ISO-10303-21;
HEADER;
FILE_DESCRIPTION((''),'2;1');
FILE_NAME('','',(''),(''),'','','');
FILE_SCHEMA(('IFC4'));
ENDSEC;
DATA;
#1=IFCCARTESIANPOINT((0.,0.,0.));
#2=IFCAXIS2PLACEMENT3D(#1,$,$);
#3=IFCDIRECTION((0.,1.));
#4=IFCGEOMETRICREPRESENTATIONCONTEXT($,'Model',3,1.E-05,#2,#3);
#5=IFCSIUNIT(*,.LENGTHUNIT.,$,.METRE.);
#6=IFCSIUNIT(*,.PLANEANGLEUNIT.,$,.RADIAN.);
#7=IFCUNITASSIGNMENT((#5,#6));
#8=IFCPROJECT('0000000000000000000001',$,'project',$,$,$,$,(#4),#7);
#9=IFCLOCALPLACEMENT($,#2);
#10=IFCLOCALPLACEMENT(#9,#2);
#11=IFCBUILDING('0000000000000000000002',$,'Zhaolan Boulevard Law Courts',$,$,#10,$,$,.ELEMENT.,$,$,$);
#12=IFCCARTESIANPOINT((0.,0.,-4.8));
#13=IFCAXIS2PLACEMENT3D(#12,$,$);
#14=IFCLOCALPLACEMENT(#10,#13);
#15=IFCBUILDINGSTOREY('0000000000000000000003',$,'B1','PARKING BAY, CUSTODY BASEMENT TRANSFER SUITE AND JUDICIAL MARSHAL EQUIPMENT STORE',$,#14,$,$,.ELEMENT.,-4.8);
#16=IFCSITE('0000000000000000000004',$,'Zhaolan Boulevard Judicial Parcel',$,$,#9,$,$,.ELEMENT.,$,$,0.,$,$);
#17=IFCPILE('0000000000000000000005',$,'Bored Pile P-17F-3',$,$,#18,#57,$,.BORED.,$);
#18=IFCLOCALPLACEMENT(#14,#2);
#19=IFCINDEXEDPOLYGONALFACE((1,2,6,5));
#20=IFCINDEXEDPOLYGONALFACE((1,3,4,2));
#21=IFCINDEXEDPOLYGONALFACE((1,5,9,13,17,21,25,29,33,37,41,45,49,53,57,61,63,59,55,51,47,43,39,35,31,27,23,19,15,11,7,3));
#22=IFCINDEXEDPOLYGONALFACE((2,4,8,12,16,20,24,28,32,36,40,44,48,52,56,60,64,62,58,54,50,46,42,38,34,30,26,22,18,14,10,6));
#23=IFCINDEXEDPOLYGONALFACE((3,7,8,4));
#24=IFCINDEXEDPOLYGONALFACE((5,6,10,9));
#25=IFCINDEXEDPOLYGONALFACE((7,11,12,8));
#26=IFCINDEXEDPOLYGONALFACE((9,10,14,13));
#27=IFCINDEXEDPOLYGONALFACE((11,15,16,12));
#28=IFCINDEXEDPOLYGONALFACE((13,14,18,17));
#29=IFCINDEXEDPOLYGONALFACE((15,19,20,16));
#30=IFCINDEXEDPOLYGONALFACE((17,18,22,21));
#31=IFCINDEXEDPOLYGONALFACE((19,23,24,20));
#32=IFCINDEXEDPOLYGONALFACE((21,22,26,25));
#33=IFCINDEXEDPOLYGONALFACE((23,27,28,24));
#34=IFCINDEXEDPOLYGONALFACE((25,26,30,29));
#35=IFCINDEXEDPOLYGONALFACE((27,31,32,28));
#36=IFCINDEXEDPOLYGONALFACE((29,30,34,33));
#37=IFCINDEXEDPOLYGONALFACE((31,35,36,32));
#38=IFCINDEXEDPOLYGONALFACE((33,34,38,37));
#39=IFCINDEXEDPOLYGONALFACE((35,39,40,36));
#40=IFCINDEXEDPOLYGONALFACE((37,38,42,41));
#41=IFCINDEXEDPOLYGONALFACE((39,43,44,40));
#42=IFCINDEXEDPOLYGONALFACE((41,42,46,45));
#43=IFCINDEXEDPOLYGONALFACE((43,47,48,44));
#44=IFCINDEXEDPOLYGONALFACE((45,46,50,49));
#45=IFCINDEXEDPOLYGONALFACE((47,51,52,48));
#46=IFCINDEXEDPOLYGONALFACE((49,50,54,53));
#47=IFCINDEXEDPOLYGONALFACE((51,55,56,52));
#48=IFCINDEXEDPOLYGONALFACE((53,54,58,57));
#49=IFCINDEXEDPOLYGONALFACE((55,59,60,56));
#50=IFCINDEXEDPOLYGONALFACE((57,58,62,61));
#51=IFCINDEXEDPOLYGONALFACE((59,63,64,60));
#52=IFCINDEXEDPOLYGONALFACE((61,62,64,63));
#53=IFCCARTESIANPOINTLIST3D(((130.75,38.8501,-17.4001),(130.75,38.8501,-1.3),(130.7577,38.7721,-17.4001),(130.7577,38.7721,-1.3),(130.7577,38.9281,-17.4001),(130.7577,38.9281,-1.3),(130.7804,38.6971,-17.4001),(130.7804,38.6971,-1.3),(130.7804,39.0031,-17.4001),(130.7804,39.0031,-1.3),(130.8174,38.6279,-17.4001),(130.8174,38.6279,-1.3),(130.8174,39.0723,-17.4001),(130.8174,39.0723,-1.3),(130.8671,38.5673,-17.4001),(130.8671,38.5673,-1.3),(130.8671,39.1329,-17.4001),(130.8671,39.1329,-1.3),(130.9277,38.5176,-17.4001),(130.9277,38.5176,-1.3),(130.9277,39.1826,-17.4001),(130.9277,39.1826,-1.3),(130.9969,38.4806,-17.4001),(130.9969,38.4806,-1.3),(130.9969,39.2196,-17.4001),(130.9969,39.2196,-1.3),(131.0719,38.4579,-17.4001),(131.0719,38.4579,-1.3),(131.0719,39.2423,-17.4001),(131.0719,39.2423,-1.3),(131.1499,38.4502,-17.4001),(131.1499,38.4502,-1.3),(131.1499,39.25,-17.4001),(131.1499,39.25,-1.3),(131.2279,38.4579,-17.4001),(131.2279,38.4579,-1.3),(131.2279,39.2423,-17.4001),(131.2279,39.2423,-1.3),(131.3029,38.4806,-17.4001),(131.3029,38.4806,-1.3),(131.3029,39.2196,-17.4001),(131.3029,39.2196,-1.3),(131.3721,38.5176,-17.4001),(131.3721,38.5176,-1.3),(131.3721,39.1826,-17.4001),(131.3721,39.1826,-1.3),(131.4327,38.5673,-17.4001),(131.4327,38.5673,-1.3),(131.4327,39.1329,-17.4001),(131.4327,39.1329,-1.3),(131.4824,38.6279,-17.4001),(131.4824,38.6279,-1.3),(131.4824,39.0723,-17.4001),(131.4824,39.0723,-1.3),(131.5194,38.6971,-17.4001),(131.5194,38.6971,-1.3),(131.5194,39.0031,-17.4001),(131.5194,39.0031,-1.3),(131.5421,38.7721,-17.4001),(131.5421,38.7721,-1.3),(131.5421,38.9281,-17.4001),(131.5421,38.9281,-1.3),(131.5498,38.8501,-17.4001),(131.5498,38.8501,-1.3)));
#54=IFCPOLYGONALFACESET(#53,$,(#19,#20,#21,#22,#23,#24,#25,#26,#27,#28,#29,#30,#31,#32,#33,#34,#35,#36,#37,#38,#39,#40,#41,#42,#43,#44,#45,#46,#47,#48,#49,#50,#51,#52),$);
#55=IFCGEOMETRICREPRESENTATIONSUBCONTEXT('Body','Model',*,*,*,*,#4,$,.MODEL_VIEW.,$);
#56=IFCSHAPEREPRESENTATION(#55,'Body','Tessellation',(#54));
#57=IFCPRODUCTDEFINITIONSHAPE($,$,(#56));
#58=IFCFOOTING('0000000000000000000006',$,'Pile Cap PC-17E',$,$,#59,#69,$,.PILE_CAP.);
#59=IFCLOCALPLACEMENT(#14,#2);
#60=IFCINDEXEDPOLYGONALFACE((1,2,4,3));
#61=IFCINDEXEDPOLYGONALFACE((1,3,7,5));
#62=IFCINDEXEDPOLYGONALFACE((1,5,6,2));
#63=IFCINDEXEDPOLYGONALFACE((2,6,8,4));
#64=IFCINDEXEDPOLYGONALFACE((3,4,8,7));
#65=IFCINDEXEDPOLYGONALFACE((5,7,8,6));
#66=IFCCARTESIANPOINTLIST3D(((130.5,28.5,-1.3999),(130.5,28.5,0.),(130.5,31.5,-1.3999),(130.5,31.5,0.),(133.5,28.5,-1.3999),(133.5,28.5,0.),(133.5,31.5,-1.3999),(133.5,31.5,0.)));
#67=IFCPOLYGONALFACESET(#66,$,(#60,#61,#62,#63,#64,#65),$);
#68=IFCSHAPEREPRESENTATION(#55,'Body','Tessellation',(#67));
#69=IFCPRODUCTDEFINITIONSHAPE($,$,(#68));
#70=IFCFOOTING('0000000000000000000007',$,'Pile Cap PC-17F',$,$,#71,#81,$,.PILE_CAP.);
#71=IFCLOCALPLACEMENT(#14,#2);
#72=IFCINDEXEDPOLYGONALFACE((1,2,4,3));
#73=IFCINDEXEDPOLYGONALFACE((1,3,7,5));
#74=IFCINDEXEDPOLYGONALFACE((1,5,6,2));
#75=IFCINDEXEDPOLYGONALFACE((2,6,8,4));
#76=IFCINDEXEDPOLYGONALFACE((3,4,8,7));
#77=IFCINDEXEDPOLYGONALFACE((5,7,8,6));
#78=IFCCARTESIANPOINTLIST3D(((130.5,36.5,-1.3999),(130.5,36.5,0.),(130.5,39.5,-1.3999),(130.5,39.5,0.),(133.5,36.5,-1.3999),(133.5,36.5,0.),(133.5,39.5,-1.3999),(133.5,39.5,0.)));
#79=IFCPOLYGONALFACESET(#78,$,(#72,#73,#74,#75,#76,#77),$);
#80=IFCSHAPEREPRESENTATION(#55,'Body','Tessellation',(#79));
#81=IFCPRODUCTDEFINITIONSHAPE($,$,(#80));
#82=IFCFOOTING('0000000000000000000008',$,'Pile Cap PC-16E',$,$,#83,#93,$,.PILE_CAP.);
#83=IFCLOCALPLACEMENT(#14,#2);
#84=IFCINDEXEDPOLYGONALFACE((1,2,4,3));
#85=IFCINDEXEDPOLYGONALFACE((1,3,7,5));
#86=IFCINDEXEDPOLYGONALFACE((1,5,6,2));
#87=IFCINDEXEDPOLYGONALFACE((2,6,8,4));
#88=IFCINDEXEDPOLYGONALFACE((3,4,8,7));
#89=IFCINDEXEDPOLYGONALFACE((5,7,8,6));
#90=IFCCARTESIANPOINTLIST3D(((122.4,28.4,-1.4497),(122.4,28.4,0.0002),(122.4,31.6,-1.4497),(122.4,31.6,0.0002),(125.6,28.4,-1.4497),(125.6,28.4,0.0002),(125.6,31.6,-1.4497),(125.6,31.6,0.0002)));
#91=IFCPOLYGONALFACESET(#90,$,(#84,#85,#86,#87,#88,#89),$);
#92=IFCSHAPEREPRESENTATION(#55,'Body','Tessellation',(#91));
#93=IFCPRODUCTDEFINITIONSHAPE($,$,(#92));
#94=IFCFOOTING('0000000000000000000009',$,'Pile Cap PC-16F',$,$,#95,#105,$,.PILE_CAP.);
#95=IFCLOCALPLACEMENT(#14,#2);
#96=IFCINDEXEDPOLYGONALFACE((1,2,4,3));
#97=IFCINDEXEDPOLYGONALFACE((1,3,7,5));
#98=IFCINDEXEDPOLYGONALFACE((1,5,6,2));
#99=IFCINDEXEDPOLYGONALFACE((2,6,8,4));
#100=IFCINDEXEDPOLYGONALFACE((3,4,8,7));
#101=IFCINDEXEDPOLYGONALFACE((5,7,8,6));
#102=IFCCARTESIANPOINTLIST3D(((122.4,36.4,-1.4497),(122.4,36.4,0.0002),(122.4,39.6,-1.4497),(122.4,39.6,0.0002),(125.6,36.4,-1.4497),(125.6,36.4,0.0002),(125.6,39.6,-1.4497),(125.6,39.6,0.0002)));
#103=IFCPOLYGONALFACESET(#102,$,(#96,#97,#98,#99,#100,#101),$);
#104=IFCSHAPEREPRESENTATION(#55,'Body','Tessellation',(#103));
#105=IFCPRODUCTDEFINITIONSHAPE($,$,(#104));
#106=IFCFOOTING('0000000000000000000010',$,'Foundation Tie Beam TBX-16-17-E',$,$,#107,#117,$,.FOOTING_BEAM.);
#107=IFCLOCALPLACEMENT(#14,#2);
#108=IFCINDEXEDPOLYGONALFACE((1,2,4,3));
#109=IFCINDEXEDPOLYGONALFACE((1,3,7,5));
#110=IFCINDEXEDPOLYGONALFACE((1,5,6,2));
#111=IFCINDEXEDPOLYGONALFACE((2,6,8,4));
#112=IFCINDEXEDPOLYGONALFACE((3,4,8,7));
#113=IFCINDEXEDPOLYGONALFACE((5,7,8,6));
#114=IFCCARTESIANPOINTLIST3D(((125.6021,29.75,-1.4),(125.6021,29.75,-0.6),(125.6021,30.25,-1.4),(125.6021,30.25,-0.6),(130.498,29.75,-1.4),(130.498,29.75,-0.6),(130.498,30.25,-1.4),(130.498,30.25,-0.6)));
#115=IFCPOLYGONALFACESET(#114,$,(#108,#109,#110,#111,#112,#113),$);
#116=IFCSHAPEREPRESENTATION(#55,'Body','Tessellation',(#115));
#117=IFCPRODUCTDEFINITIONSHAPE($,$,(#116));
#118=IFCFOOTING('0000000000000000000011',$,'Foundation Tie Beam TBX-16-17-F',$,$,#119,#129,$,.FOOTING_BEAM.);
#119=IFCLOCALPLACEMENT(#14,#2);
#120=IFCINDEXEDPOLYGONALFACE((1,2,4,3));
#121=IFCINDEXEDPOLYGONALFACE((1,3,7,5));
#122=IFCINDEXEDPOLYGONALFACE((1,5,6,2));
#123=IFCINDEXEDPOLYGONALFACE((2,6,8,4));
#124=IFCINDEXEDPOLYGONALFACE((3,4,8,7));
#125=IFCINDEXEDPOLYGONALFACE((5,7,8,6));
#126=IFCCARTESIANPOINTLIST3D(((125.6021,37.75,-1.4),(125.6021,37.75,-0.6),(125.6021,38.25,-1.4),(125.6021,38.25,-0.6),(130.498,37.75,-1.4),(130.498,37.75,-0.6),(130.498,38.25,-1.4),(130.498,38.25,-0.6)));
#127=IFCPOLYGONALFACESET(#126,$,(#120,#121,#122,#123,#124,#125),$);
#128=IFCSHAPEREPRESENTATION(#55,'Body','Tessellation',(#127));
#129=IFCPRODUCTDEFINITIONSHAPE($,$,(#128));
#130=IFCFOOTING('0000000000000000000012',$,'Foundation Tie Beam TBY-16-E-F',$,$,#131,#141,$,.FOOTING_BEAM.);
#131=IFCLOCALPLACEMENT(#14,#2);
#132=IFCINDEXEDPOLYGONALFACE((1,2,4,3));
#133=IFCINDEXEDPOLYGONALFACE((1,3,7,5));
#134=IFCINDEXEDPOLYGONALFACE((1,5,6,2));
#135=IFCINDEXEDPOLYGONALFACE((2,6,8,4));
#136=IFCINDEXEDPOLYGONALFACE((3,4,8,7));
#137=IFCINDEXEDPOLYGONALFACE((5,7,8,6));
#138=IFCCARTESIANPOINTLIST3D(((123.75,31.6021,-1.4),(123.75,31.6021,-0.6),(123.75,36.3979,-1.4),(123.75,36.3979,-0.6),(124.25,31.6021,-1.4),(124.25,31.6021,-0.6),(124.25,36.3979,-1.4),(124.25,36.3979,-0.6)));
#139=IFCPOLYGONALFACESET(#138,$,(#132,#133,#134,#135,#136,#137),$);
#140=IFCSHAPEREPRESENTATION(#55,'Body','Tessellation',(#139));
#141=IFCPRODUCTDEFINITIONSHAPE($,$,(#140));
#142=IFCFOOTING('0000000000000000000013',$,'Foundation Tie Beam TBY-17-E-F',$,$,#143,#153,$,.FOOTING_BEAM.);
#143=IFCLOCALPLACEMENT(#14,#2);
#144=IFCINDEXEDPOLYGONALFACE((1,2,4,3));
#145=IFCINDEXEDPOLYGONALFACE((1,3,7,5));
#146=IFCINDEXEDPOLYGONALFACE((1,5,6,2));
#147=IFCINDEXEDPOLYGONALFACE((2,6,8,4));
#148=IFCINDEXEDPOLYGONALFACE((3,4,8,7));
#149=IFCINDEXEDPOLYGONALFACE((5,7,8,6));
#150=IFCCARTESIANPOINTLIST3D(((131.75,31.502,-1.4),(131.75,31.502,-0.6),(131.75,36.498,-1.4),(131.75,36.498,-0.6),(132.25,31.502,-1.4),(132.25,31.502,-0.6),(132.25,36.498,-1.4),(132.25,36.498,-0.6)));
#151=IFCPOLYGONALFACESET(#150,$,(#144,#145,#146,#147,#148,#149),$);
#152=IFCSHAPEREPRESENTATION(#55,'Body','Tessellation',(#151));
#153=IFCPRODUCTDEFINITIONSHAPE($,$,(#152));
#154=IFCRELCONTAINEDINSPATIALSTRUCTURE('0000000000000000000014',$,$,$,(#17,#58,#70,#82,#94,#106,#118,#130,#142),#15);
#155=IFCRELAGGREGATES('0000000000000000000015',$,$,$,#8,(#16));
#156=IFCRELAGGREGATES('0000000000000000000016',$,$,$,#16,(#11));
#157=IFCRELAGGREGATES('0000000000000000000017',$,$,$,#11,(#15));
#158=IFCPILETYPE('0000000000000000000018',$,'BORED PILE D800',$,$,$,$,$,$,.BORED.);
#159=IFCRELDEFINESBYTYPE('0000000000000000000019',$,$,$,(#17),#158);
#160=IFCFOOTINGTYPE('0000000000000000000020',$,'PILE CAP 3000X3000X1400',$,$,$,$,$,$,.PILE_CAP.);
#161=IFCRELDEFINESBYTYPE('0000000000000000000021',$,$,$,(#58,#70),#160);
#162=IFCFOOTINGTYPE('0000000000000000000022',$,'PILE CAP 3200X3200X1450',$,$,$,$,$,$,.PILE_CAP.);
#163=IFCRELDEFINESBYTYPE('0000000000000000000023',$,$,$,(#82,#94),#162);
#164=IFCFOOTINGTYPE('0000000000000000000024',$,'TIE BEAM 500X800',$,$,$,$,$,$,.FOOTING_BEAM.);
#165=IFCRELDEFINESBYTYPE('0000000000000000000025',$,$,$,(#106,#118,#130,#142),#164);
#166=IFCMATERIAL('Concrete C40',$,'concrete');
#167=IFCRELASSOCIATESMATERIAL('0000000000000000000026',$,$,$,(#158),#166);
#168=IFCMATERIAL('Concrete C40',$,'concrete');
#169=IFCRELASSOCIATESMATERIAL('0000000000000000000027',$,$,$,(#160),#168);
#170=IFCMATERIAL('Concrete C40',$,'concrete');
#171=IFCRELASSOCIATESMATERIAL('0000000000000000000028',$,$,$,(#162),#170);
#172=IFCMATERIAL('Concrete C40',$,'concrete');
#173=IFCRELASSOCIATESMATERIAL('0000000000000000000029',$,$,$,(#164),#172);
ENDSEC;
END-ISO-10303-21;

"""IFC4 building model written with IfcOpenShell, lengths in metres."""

from ifc_helpers import new_model, si_unit, direction, frame, origin, origin_2d, place, context, subcontext, project, spatial, rectangle, circle, extrude, material, material_profile, profile_set, type_object, element, save


model = new_model("IFC4")

# Units and contexts
model_context = context("Model", 3, precision=1e-05, world=origin(), true_north=direction((0.0, 1.0)))
body_context = subcontext(model_context, "Body", "Model", "MODEL_VIEW")
ifc_project = project(units=[si_unit("LENGTHUNIT", "METRE"), si_unit("PLANEANGLEUNIT", "RADIAN")], contexts=[model_context])

# Site, building, storey
site_placement = place(None, origin())
site = spatial("IfcSite", under=ifc_project, at=site_placement, Name="Zhaolan Boulevard Judicial Parcel", CompositionType="ELEMENT", RefElevation=0.0)
building_placement = place(site_placement, origin())
building = spatial("IfcBuilding", under=site, at=building_placement, Name="Zhaolan Boulevard Law Courts", CompositionType="ELEMENT")
storey_placement = place(building_placement, frame((0.0, 0.0, -4.8)))
storey = spatial("IfcBuildingStorey", under=building, at=storey_placement, Name="B1", Description="PARKING BAY, CUSTODY BASEMENT TRANSFER SUITE AND JUDICIAL MARSHAL EQUIPMENT STORE", CompositionType="ELEMENT", Elevation=-4.8)

# Pile
ifc_material_1 = material(Name="Concrete C40", Category="concrete")
ifc_material_profile_1 = material_profile(ifc_material_1, circle(Radius=0.3999, at=origin_2d()), Name="PILE-D800")
ifc_profile_set_1 = profile_set([ifc_material_profile_1], Name="Concrete C40")
pile_type = type_object("IfcPileType", Name="BORED PILE D800", PredefinedType="BORED", material=ifc_profile_set_1)
for number, where, z_axis, x_axis, name in (
    (1, (131.1499, 38.8501, -1.3), (0.0, 0.0, -1.0), (1.0, 0.0, 0.0), "Bored Pile P-17F-3"),
):
    element("IfcPile", number, at=place(storey_placement, frame(where, z_axis=z_axis, x_axis=x_axis)), inside=storey, type_object=pile_type, Name=name, PredefinedType="BORED", context=body_context, shape_type="SweptSolid", body=[
        extrude(circle(Radius=0.3999, at=origin_2d()), origin(), (0.0, 0.0, 1.0), 16.1001),
    ])

# Footings
ifc_material_2 = material(Name="Concrete C40", Category="concrete")
footing_type_1 = type_object("IfcFootingType", Name="PILE CAP 3000X3000X1400", PredefinedType="PILE_CAP", material=ifc_material_2)
for number, where, z_axis, x_axis, name in (
    (2, (132.0, 30.0, -1.3999), (0.0, 0.0, 1.0), (1.0, 0.0, 0.0), "Pile Cap PC-17E"),
    (3, (132.0, 38.0, -1.3999), (0.0, 0.0, 1.0), (1.0, 0.0, 0.0), "Pile Cap PC-17F"),
):
    element("IfcFooting", number, at=place(storey_placement, frame(where, z_axis=z_axis, x_axis=x_axis)), inside=storey, type_object=footing_type_1, Name=name, PredefinedType="PILE_CAP", context=body_context, shape_type="SweptSolid", body=[
        extrude(rectangle(XDim=3.0, YDim=3.0, at=origin_2d()), origin(), (0.0, 0.0, 1.0), 1.3999),
    ])
ifc_material_3 = material(Name="Concrete C40", Category="concrete")
footing_type_2 = type_object("IfcFootingType", Name="PILE CAP 3200X3200X1450", PredefinedType="PILE_CAP", material=ifc_material_3)
for number, where, z_axis, x_axis, name in (
    (4, (124.0, 30.0, -1.4497), (0.0, 0.0, 1.0), (1.0, 0.0, 0.0), "Pile Cap PC-16E"),
    (5, (124.0, 38.0, -1.4497), (0.0, 0.0, 1.0), (1.0, 0.0, 0.0), "Pile Cap PC-16F"),
):
    element("IfcFooting", number, at=place(storey_placement, frame(where, z_axis=z_axis, x_axis=x_axis)), inside=storey, type_object=footing_type_2, Name=name, PredefinedType="PILE_CAP", context=body_context, shape_type="SweptSolid", body=[
        extrude(rectangle(XDim=3.2, YDim=3.2, at=origin_2d()), origin(), (0.0, 0.0, 1.0), 1.45),
    ])
ifc_material_4 = material(Name="Concrete C40", Category="concrete")
ifc_material_profile_2 = material_profile(ifc_material_4, rectangle(XDim=0.5, YDim=0.8, at=origin_2d()), Name="RC500x800")
ifc_profile_set_2 = profile_set([ifc_material_profile_2], Name="Concrete C40")
footing_type_3 = type_object("IfcFootingType", Name="TIE BEAM 500X800", PredefinedType="FOOTING_BEAM", material=ifc_profile_set_2)
for number, where, z_axis, x_axis, name in (
    (6, (125.6021, 30.0, -1.0), (1.0, 0.0, 0.0), (0.0, 1.0, 0.0), "Foundation Tie Beam TBX-16-17-E"),
    (7, (125.6021, 38.0, -1.0), (1.0, 0.0, 0.0), (0.0, 1.0, 0.0), "Foundation Tie Beam TBX-16-17-F"),
):
    element("IfcFooting", number, at=place(storey_placement, frame(where, z_axis=z_axis, x_axis=x_axis)), inside=storey, type_object=footing_type_3, Name=name, PredefinedType="FOOTING_BEAM", context=body_context, shape_type="SweptSolid", body=[
        extrude(rectangle(XDim=0.5, YDim=0.8, at=origin_2d()), origin(), (0.0, 0.0, 1.0), 4.896),
    ])
footing_1_placement = place(storey_placement, frame((124.0, 31.6021, -1.0), z_axis=(0.0, 1.0, 0.0), x_axis=(-1.0, 0.0, 0.0)))
element("IfcFooting", 8, at=footing_1_placement, inside=storey, type_object=footing_type_3, Name="Foundation Tie Beam TBY-16-E-F", PredefinedType="FOOTING_BEAM", context=body_context, shape_type="SweptSolid", body=[
    extrude(rectangle(XDim=0.5, YDim=0.8, at=origin_2d()), origin(), (0.0, 0.0, 1.0), 4.7959),
])
footing_2_placement = place(storey_placement, frame((132.0, 31.502, -1.0), z_axis=(0.0, 1.0, 0.0), x_axis=(-1.0, 0.0, 0.0)))
element("IfcFooting", 9, at=footing_2_placement, inside=storey, type_object=footing_type_3, Name="Foundation Tie Beam TBY-17-E-F", PredefinedType="FOOTING_BEAM", context=body_context, shape_type="SweptSolid", body=[
    extrude(rectangle(XDim=0.5, YDim=0.8, at=origin_2d()), origin(), (0.0, 0.0, 1.0), 4.9961),
])

save(model, "model.ifc")
